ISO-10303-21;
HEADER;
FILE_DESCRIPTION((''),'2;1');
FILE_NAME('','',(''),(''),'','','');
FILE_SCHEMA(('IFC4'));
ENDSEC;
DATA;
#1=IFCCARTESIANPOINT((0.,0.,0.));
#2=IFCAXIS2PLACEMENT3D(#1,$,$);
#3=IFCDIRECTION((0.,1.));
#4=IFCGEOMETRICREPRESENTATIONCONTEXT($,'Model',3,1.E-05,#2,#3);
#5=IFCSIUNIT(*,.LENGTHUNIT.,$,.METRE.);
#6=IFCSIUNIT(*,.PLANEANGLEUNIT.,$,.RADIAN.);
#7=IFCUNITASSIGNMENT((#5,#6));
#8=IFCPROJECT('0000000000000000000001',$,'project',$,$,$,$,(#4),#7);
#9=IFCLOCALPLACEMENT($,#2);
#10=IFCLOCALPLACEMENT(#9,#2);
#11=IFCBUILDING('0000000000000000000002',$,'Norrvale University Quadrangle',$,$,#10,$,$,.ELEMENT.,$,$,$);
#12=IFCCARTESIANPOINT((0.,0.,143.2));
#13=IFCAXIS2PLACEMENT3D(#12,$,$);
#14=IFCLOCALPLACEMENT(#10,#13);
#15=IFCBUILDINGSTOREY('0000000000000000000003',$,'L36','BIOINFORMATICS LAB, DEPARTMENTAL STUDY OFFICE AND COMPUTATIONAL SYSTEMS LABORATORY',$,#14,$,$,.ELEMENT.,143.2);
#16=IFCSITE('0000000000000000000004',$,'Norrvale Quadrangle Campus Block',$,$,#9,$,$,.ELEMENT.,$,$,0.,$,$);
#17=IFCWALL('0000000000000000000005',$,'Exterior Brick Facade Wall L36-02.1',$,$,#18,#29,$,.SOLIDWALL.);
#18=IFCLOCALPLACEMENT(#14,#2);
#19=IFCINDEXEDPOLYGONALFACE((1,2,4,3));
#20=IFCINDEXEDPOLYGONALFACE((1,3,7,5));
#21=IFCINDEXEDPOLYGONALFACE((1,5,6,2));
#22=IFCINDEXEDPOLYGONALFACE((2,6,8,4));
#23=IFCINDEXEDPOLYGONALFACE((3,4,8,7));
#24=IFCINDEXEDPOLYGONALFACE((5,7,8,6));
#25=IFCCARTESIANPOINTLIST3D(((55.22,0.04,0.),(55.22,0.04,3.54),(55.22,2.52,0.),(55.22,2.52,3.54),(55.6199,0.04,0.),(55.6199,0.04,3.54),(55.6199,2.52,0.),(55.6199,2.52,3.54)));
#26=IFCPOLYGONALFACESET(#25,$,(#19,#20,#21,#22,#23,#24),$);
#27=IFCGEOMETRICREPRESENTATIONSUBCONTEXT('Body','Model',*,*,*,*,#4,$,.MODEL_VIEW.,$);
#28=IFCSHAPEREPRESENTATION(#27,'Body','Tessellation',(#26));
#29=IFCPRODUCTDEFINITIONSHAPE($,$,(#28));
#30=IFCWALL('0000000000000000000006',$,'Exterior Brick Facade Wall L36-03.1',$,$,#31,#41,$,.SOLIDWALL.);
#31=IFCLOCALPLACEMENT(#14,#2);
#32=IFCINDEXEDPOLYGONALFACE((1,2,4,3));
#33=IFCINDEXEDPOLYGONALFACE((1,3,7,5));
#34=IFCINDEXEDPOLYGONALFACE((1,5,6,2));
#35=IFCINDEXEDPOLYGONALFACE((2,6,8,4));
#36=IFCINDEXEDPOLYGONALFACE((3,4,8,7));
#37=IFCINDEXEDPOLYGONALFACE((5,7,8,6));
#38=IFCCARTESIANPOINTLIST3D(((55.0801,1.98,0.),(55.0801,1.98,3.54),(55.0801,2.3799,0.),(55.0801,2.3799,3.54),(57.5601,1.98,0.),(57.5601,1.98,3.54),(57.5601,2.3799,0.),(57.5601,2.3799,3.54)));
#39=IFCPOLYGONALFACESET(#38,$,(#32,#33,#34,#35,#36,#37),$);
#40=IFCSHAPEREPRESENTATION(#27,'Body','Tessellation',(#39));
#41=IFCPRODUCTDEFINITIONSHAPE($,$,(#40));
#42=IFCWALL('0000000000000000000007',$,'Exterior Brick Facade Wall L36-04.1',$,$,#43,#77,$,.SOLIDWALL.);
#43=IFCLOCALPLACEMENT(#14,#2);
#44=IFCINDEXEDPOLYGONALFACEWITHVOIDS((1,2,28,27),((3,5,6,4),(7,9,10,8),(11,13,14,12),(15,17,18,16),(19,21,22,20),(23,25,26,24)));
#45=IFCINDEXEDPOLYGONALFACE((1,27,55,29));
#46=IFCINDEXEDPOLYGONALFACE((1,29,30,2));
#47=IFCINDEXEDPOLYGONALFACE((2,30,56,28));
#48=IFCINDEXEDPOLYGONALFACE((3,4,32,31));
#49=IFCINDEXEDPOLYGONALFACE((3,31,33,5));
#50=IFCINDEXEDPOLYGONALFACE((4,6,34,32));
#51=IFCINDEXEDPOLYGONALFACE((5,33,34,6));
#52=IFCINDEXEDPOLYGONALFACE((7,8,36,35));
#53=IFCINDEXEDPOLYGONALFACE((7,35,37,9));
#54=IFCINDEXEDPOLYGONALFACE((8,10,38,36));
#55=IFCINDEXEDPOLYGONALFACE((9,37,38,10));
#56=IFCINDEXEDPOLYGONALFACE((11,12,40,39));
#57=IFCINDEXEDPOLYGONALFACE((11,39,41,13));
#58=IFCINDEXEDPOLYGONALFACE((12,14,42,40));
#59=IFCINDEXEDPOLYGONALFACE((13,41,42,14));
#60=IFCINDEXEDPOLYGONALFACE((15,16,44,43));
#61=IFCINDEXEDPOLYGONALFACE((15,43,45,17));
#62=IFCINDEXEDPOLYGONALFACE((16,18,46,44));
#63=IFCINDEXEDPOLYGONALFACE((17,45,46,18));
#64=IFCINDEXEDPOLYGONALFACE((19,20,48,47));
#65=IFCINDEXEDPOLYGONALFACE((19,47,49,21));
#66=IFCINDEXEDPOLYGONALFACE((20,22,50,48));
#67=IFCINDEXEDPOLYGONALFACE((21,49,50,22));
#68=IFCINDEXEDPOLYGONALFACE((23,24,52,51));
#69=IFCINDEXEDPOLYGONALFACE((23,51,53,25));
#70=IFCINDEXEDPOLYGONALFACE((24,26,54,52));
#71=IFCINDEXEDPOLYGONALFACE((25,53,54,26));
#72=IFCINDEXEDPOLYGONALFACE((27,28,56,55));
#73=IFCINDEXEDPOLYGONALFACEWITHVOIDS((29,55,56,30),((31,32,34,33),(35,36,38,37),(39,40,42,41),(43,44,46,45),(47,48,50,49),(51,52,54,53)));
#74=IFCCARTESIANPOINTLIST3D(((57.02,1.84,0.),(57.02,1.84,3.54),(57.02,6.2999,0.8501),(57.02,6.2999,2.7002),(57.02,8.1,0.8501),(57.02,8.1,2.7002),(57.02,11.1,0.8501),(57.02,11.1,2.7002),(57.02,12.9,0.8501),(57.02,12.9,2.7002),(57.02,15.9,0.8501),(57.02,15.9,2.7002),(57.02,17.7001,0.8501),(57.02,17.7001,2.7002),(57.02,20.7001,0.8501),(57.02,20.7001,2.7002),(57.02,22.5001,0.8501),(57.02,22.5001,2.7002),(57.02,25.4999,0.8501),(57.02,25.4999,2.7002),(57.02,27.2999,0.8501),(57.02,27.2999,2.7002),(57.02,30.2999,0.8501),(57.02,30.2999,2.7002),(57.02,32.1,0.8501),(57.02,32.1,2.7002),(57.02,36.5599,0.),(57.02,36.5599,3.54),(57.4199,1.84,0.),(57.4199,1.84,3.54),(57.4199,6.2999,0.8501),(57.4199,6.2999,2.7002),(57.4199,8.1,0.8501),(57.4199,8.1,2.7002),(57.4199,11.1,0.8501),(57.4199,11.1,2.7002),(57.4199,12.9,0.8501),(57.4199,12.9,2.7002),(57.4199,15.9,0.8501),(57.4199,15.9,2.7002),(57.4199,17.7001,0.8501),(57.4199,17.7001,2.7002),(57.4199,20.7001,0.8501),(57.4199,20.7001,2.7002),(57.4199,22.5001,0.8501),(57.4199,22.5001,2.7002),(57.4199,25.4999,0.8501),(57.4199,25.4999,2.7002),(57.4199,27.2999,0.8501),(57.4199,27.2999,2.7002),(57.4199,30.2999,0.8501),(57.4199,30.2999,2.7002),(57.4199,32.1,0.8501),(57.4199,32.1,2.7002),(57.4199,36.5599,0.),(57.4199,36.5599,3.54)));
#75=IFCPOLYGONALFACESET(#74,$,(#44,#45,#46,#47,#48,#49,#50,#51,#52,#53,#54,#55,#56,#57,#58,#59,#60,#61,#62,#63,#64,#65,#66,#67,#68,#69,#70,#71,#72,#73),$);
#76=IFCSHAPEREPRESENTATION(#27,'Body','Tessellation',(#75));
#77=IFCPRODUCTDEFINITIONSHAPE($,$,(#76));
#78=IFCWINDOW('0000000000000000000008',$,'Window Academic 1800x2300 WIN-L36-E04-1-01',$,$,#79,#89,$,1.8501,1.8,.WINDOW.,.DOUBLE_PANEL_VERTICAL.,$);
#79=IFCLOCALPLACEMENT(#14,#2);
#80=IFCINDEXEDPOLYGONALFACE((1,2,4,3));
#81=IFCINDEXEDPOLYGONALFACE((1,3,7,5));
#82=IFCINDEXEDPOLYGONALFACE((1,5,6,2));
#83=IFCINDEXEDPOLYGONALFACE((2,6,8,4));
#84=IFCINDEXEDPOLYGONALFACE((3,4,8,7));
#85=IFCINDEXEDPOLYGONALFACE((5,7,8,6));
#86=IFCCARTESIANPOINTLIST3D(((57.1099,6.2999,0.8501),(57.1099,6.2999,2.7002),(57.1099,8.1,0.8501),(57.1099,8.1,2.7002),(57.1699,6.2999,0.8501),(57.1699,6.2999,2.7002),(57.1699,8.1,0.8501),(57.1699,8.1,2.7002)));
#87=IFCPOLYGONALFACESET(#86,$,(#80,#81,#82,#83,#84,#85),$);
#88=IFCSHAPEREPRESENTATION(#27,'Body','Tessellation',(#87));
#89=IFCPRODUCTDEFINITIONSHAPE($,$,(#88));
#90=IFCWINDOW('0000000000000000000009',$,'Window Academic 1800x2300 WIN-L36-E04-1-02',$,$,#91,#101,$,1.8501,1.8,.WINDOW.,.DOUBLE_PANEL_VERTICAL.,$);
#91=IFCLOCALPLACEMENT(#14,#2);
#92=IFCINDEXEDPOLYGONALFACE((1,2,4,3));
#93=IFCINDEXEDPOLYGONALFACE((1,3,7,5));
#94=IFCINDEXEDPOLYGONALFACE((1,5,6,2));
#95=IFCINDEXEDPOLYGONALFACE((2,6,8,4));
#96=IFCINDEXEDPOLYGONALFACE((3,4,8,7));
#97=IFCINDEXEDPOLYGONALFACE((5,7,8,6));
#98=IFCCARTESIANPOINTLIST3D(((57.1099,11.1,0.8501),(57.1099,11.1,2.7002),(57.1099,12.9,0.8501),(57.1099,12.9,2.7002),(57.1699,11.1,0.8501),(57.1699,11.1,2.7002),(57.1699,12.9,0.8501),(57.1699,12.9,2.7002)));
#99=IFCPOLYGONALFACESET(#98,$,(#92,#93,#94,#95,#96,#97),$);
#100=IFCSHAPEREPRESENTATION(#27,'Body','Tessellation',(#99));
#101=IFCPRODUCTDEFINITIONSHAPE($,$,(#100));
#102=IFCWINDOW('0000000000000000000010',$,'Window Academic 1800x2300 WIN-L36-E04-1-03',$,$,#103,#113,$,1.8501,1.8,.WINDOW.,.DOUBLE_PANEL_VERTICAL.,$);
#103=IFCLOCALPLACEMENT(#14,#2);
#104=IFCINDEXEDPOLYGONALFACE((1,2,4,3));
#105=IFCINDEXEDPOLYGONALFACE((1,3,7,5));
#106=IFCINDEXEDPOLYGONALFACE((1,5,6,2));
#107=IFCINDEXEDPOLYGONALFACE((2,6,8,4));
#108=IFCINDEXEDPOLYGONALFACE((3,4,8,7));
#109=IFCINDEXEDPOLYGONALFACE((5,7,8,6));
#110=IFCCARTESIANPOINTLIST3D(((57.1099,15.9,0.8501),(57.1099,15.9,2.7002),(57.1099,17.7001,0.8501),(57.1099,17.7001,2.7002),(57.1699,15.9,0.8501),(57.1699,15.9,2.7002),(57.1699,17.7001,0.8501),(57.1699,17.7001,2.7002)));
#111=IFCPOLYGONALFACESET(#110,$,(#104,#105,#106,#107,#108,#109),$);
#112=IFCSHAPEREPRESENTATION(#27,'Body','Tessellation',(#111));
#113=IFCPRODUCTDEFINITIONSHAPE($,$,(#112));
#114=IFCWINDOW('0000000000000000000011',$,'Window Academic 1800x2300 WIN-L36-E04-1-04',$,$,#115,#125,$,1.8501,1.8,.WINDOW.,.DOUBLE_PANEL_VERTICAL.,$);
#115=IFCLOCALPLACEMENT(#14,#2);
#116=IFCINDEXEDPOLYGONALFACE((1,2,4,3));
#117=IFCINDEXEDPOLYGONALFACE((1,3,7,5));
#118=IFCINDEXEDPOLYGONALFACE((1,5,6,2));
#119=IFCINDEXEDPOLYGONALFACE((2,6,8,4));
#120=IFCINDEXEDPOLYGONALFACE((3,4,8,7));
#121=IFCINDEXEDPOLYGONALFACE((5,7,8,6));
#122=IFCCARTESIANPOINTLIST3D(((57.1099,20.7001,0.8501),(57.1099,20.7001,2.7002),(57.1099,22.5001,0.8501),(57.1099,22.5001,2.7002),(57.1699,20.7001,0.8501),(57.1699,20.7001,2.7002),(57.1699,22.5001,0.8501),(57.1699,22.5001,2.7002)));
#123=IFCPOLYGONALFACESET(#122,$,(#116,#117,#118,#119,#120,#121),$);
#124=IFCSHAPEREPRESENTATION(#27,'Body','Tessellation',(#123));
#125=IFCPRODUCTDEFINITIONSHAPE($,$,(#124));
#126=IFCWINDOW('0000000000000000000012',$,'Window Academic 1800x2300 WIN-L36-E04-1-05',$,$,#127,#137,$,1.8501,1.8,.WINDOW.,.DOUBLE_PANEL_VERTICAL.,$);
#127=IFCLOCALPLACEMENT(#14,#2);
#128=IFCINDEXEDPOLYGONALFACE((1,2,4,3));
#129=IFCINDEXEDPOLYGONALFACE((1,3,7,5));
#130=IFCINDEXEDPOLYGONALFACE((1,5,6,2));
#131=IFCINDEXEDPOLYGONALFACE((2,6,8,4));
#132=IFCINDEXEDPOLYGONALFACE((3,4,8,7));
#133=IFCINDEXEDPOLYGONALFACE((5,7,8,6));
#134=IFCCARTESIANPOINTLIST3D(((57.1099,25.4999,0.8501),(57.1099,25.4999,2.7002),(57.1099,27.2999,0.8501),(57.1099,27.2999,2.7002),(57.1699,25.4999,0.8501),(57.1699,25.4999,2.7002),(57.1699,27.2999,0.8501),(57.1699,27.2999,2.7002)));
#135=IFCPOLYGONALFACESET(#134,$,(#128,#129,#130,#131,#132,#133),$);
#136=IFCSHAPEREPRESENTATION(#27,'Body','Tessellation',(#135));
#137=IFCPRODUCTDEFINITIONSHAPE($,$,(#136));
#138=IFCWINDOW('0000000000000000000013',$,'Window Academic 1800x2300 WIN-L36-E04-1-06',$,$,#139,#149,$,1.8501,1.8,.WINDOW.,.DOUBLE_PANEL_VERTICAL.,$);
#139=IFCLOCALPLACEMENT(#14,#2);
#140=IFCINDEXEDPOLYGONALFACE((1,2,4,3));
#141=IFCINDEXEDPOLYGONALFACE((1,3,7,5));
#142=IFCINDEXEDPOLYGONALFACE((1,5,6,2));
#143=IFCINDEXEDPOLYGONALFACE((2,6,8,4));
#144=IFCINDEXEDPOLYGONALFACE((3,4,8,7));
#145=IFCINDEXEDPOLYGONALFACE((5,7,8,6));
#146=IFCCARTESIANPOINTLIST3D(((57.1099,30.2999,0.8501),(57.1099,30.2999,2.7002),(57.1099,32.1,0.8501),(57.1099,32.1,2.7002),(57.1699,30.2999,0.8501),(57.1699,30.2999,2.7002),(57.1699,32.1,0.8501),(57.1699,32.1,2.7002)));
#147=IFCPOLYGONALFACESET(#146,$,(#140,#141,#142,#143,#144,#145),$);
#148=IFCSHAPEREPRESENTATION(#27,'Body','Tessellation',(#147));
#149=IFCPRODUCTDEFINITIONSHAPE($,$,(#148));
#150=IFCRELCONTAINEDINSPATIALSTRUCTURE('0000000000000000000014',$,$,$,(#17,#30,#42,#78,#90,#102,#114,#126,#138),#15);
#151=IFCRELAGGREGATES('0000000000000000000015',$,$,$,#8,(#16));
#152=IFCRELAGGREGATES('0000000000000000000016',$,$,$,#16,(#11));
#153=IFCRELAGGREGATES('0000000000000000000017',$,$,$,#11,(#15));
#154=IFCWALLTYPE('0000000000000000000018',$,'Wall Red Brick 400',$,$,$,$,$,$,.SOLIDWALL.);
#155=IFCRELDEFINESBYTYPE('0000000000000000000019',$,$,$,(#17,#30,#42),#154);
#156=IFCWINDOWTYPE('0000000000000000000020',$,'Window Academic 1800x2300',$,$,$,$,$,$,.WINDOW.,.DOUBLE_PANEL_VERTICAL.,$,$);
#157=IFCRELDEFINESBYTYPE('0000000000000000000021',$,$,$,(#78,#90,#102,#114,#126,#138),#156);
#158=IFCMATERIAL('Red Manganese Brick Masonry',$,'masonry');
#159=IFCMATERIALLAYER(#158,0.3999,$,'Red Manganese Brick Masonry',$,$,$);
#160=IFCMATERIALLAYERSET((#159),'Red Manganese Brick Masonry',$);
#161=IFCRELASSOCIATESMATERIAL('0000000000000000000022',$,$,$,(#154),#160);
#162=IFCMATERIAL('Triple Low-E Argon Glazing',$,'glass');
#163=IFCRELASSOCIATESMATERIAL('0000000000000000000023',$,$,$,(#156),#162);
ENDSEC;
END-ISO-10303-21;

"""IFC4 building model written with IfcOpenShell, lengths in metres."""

from ifc_helpers import new_model, si_unit, direction, frame, frame_2d, origin, place, context, subcontext, project, spatial, rectangle, extrude, material, layer, layer_set, type_object, element, fill, save


model = new_model("IFC4")

# Units and contexts
model_context = context("Model", 3, precision=1e-05, world=origin(), true_north=direction((0.0, 1.0)))
body_context = subcontext(model_context, "Body", "Model", "MODEL_VIEW")
ifc_project = project(units=[si_unit("LENGTHUNIT", "METRE"), si_unit("PLANEANGLEUNIT", "RADIAN")], contexts=[model_context])

# Site, building, storey
site_placement = place(None, origin())
site = spatial("IfcSite", under=ifc_project, at=site_placement, Name="Norrvale Quadrangle Campus Block", CompositionType="ELEMENT", RefElevation=0.0)
building_placement = place(site_placement, origin())
building = spatial("IfcBuilding", under=site, at=building_placement, Name="Norrvale University Quadrangle", CompositionType="ELEMENT")
storey_placement = place(building_placement, frame((0.0, 0.0, 143.2)))
storey = spatial("IfcBuildingStorey", under=building, at=storey_placement, Name="L36", Description="BIOINFORMATICS LAB, DEPARTMENTAL STUDY OFFICE AND COMPUTATIONAL SYSTEMS LABORATORY", CompositionType="ELEMENT", Elevation=143.2)

# Walls
ifc_material_1 = material(Name="Red Manganese Brick Masonry", Category="masonry")
ifc_layer_1 = layer(ifc_material_1, 0.3999, Name="Red Manganese Brick Masonry")
ifc_layer_set_1 = layer_set([ifc_layer_1], Name="Red Manganese Brick Masonry")
wall_type_1 = type_object("IfcWallType", Name="Wall Red Brick 400", PredefinedType="SOLIDWALL", material=ifc_layer_set_1)
for number, where, z_axis, x_axis, name in (
    (1, (55.4199, 0.04, 0.0), (0.0, 0.0, 1.0), (0.0, 1.0, 0.0), "Exterior Brick Facade Wall L36-02.1"),
    (2, (55.0801, 2.1799, 0.0), (0.0, 0.0, 1.0), (1.0, 0.0, 0.0), "Exterior Brick Facade Wall L36-03.1"),
):
    element("IfcWall", number, at=place(storey_placement, frame(where, z_axis=z_axis, x_axis=x_axis)), inside=storey, type_object=wall_type_1, Name=name, PredefinedType="SOLIDWALL", context=body_context, shape_type="SweptSolid", body=[
        extrude(rectangle(XDim=2.48, YDim=0.3999, at=frame_2d((1.24, 0.0))), origin(), (0.0, 0.0, 1.0), 3.54),
    ])

# Wall, openings, windows
wall_1_placement = place(storey_placement, frame((57.22, 1.8401, 0.0), z_axis=(0.0, 0.0, 1.0), x_axis=(0.0, 1.0, 0.0)))
wall_1 = element("IfcWall", 3, at=wall_1_placement, inside=storey, type_object=wall_type_1, Name="Exterior Brick Facade Wall L36-04.1", PredefinedType="SOLIDWALL", context=body_context, shape_type="SweptSolid", body=[
    extrude(rectangle(XDim=34.72, YDim=0.3999, at=frame_2d((17.3599, 0.0))), origin(), (0.0, 0.0, 1.0), 3.54),
])
opening_1_placement = place(wall_1_placement, frame((4.46, 0.0, 0.8501)))
opening_1 = element("IfcOpeningElement", 4, at=opening_1_placement, cuts=wall_1, PredefinedType="OPENING", context=body_context, shape_type="SweptSolid", body=[
    extrude(rectangle(XDim=1.8, YDim=1.8501, at=frame_2d((0.8999, 0.925))), frame((0.0, 0.2119, 0.0), z_axis=(0.0, -1.0, 0.0), x_axis=(1.0, 0.0, 0.0)), (0.0, 0.0, 1.0), 0.4238),
])
opening_2_placement = place(wall_1_placement, frame((9.26, 0.0, 0.8501)))
opening_2 = element("IfcOpeningElement", 5, at=opening_2_placement, cuts=wall_1, PredefinedType="OPENING", context=body_context, shape_type="SweptSolid", body=[
    extrude(rectangle(XDim=1.8, YDim=1.8501, at=frame_2d((0.8999, 0.925))), frame((0.0, 0.2119, 0.0), z_axis=(0.0, -1.0, 0.0), x_axis=(1.0, 0.0, 0.0)), (0.0, 0.0, 1.0), 0.4238),
])
opening_3_placement = place(wall_1_placement, frame((14.0601, 0.0, 0.8501)))
opening_3 = element("IfcOpeningElement", 6, at=opening_3_placement, cuts=wall_1, PredefinedType="OPENING", context=body_context, shape_type="SweptSolid", body=[
    extrude(rectangle(XDim=1.8, YDim=1.8501, at=frame_2d((0.8999, 0.925))), frame((0.0, 0.2119, 0.0), z_axis=(0.0, -1.0, 0.0), x_axis=(1.0, 0.0, 0.0)), (0.0, 0.0, 1.0), 0.4238),
])
opening_4_placement = place(wall_1_placement, frame((18.8601, 0.0, 0.8501)))
opening_4 = element("IfcOpeningElement", 7, at=opening_4_placement, cuts=wall_1, PredefinedType="OPENING", context=body_context, shape_type="SweptSolid", body=[
    extrude(rectangle(XDim=1.8, YDim=1.8501, at=frame_2d((0.8999, 0.925))), frame((0.0, 0.2119, 0.0), z_axis=(0.0, -1.0, 0.0), x_axis=(1.0, 0.0, 0.0)), (0.0, 0.0, 1.0), 0.4238),
])
opening_5_placement = place(wall_1_placement, frame((23.6599, 0.0, 0.8501)))
opening_5 = element("IfcOpeningElement", 8, at=opening_5_placement, cuts=wall_1, PredefinedType="OPENING", context=body_context, shape_type="SweptSolid", body=[
    extrude(rectangle(XDim=1.8, YDim=1.8501, at=frame_2d((0.8999, 0.925))), frame((0.0, 0.2119, 0.0), z_axis=(0.0, -1.0, 0.0), x_axis=(1.0, 0.0, 0.0)), (0.0, 0.0, 1.0), 0.4238),
])
opening_6_placement = place(wall_1_placement, frame((28.46, 0.0, 0.8501)))
opening_6 = element("IfcOpeningElement", 9, at=opening_6_placement, cuts=wall_1, PredefinedType="OPENING", context=body_context, shape_type="SweptSolid", body=[
    extrude(rectangle(XDim=1.8, YDim=1.8501, at=frame_2d((0.8999, 0.925))), frame((0.0, 0.2119, 0.0), z_axis=(0.0, -1.0, 0.0), x_axis=(1.0, 0.0, 0.0)), (0.0, 0.0, 1.0), 0.4238),
])
ifc_material_2 = material(Name="Triple Low-E Argon Glazing", Category="glass")
window_type = type_object("IfcWindowType", Name="Window Academic 1800x2300", PartitioningType="DOUBLE_PANEL_VERTICAL", PredefinedType="WINDOW", material=ifc_material_2)
window_1_placement = place(opening_1_placement, origin())
window_1 = element("IfcWindow", 10, at=window_1_placement, inside=storey, type_object=window_type, Name="Window Academic 1800x2300 WIN-L36-E04-1-01", OverallHeight=1.8501, OverallWidth=1.8, PartitioningType="DOUBLE_PANEL_VERTICAL", PredefinedType="WINDOW", context=body_context, shape_type="SweptSolid", body=[
    extrude(rectangle(XDim=1.8, YDim=1.8501, at=frame_2d((0.8999, 0.925))), frame((0.0, 0.1101, 0.0), z_axis=(0.0, -1.0, 0.0), x_axis=(1.0, 0.0, 0.0)), (0.0, 0.0, 1.0), 0.0601),
])
fill(opening_1, window_1)
window_2_placement = place(opening_2_placement, origin())
window_2 = element("IfcWindow", 11, at=window_2_placement, inside=storey, type_object=window_type, Name="Window Academic 1800x2300 WIN-L36-E04-1-02", OverallHeight=1.8501, OverallWidth=1.8, PartitioningType="DOUBLE_PANEL_VERTICAL", PredefinedType="WINDOW", context=body_context, shape_type="SweptSolid", body=[
    extrude(rectangle(XDim=1.8, YDim=1.8501, at=frame_2d((0.8999, 0.925))), frame((0.0, 0.1101, 0.0), z_axis=(0.0, -1.0, 0.0), x_axis=(1.0, 0.0, 0.0)), (0.0, 0.0, 1.0), 0.0601),
])
fill(opening_2, window_2)
window_3_placement = place(opening_3_placement, origin())
window_3 = element("IfcWindow", 12, at=window_3_placement, inside=storey, type_object=window_type, Name="Window Academic 1800x2300 WIN-L36-E04-1-03", OverallHeight=1.8501, OverallWidth=1.8, PartitioningType="DOUBLE_PANEL_VERTICAL", PredefinedType="WINDOW", context=body_context, shape_type="SweptSolid", body=[
    extrude(rectangle(XDim=1.8, YDim=1.8501, at=frame_2d((0.8999, 0.925))), frame((0.0, 0.1101, 0.0), z_axis=(0.0, -1.0, 0.0), x_axis=(1.0, 0.0, 0.0)), (0.0, 0.0, 1.0), 0.0601),
])
fill(opening_3, window_3)
window_4_placement = place(opening_4_placement, origin())
window_4 = element("IfcWindow", 13, at=window_4_placement, inside=storey, type_object=window_type, Name="Window Academic 1800x2300 WIN-L36-E04-1-04", OverallHeight=1.8501, OverallWidth=1.8, PartitioningType="DOUBLE_PANEL_VERTICAL", PredefinedType="WINDOW", context=body_context, shape_type="SweptSolid", body=[
    extrude(rectangle(XDim=1.8, YDim=1.8501, at=frame_2d((0.8999, 0.925))), frame((0.0, 0.1101, 0.0), z_axis=(0.0, -1.0, 0.0), x_axis=(1.0, 0.0, 0.0)), (0.0, 0.0, 1.0), 0.0601),
])
fill(opening_4, window_4)
window_5_placement = place(opening_5_placement, origin())
window_5 = element("IfcWindow", 14, at=window_5_placement, inside=storey, type_object=window_type, Name="Window Academic 1800x2300 WIN-L36-E04-1-05", OverallHeight=1.8501, OverallWidth=1.8, PartitioningType="DOUBLE_PANEL_VERTICAL", PredefinedType="WINDOW", context=body_context, shape_type="SweptSolid", body=[
    extrude(rectangle(XDim=1.8, YDim=1.8501, at=frame_2d((0.8999, 0.925))), frame((0.0, 0.1101, 0.0), z_axis=(0.0, -1.0, 0.0), x_axis=(1.0, 0.0, 0.0)), (0.0, 0.0, 1.0), 0.0601),
])
fill(opening_5, window_5)
window_6_placement = place(opening_6_placement, origin())
window_6 = element("IfcWindow", 15, at=window_6_placement, inside=storey, type_object=window_type, Name="Window Academic 1800x2300 WIN-L36-E04-1-06", OverallHeight=1.8501, OverallWidth=1.8, PartitioningType="DOUBLE_PANEL_VERTICAL", PredefinedType="WINDOW", context=body_context, shape_type="SweptSolid", body=[
    extrude(rectangle(XDim=1.8, YDim=1.8501, at=frame_2d((0.8999, 0.925))), frame((0.0, 0.1101, 0.0), z_axis=(0.0, -1.0, 0.0), x_axis=(1.0, 0.0, 0.0)), (0.0, 0.0, 1.0), 0.0601),
])
fill(opening_6, window_6)

save(model, "model.ifc")
